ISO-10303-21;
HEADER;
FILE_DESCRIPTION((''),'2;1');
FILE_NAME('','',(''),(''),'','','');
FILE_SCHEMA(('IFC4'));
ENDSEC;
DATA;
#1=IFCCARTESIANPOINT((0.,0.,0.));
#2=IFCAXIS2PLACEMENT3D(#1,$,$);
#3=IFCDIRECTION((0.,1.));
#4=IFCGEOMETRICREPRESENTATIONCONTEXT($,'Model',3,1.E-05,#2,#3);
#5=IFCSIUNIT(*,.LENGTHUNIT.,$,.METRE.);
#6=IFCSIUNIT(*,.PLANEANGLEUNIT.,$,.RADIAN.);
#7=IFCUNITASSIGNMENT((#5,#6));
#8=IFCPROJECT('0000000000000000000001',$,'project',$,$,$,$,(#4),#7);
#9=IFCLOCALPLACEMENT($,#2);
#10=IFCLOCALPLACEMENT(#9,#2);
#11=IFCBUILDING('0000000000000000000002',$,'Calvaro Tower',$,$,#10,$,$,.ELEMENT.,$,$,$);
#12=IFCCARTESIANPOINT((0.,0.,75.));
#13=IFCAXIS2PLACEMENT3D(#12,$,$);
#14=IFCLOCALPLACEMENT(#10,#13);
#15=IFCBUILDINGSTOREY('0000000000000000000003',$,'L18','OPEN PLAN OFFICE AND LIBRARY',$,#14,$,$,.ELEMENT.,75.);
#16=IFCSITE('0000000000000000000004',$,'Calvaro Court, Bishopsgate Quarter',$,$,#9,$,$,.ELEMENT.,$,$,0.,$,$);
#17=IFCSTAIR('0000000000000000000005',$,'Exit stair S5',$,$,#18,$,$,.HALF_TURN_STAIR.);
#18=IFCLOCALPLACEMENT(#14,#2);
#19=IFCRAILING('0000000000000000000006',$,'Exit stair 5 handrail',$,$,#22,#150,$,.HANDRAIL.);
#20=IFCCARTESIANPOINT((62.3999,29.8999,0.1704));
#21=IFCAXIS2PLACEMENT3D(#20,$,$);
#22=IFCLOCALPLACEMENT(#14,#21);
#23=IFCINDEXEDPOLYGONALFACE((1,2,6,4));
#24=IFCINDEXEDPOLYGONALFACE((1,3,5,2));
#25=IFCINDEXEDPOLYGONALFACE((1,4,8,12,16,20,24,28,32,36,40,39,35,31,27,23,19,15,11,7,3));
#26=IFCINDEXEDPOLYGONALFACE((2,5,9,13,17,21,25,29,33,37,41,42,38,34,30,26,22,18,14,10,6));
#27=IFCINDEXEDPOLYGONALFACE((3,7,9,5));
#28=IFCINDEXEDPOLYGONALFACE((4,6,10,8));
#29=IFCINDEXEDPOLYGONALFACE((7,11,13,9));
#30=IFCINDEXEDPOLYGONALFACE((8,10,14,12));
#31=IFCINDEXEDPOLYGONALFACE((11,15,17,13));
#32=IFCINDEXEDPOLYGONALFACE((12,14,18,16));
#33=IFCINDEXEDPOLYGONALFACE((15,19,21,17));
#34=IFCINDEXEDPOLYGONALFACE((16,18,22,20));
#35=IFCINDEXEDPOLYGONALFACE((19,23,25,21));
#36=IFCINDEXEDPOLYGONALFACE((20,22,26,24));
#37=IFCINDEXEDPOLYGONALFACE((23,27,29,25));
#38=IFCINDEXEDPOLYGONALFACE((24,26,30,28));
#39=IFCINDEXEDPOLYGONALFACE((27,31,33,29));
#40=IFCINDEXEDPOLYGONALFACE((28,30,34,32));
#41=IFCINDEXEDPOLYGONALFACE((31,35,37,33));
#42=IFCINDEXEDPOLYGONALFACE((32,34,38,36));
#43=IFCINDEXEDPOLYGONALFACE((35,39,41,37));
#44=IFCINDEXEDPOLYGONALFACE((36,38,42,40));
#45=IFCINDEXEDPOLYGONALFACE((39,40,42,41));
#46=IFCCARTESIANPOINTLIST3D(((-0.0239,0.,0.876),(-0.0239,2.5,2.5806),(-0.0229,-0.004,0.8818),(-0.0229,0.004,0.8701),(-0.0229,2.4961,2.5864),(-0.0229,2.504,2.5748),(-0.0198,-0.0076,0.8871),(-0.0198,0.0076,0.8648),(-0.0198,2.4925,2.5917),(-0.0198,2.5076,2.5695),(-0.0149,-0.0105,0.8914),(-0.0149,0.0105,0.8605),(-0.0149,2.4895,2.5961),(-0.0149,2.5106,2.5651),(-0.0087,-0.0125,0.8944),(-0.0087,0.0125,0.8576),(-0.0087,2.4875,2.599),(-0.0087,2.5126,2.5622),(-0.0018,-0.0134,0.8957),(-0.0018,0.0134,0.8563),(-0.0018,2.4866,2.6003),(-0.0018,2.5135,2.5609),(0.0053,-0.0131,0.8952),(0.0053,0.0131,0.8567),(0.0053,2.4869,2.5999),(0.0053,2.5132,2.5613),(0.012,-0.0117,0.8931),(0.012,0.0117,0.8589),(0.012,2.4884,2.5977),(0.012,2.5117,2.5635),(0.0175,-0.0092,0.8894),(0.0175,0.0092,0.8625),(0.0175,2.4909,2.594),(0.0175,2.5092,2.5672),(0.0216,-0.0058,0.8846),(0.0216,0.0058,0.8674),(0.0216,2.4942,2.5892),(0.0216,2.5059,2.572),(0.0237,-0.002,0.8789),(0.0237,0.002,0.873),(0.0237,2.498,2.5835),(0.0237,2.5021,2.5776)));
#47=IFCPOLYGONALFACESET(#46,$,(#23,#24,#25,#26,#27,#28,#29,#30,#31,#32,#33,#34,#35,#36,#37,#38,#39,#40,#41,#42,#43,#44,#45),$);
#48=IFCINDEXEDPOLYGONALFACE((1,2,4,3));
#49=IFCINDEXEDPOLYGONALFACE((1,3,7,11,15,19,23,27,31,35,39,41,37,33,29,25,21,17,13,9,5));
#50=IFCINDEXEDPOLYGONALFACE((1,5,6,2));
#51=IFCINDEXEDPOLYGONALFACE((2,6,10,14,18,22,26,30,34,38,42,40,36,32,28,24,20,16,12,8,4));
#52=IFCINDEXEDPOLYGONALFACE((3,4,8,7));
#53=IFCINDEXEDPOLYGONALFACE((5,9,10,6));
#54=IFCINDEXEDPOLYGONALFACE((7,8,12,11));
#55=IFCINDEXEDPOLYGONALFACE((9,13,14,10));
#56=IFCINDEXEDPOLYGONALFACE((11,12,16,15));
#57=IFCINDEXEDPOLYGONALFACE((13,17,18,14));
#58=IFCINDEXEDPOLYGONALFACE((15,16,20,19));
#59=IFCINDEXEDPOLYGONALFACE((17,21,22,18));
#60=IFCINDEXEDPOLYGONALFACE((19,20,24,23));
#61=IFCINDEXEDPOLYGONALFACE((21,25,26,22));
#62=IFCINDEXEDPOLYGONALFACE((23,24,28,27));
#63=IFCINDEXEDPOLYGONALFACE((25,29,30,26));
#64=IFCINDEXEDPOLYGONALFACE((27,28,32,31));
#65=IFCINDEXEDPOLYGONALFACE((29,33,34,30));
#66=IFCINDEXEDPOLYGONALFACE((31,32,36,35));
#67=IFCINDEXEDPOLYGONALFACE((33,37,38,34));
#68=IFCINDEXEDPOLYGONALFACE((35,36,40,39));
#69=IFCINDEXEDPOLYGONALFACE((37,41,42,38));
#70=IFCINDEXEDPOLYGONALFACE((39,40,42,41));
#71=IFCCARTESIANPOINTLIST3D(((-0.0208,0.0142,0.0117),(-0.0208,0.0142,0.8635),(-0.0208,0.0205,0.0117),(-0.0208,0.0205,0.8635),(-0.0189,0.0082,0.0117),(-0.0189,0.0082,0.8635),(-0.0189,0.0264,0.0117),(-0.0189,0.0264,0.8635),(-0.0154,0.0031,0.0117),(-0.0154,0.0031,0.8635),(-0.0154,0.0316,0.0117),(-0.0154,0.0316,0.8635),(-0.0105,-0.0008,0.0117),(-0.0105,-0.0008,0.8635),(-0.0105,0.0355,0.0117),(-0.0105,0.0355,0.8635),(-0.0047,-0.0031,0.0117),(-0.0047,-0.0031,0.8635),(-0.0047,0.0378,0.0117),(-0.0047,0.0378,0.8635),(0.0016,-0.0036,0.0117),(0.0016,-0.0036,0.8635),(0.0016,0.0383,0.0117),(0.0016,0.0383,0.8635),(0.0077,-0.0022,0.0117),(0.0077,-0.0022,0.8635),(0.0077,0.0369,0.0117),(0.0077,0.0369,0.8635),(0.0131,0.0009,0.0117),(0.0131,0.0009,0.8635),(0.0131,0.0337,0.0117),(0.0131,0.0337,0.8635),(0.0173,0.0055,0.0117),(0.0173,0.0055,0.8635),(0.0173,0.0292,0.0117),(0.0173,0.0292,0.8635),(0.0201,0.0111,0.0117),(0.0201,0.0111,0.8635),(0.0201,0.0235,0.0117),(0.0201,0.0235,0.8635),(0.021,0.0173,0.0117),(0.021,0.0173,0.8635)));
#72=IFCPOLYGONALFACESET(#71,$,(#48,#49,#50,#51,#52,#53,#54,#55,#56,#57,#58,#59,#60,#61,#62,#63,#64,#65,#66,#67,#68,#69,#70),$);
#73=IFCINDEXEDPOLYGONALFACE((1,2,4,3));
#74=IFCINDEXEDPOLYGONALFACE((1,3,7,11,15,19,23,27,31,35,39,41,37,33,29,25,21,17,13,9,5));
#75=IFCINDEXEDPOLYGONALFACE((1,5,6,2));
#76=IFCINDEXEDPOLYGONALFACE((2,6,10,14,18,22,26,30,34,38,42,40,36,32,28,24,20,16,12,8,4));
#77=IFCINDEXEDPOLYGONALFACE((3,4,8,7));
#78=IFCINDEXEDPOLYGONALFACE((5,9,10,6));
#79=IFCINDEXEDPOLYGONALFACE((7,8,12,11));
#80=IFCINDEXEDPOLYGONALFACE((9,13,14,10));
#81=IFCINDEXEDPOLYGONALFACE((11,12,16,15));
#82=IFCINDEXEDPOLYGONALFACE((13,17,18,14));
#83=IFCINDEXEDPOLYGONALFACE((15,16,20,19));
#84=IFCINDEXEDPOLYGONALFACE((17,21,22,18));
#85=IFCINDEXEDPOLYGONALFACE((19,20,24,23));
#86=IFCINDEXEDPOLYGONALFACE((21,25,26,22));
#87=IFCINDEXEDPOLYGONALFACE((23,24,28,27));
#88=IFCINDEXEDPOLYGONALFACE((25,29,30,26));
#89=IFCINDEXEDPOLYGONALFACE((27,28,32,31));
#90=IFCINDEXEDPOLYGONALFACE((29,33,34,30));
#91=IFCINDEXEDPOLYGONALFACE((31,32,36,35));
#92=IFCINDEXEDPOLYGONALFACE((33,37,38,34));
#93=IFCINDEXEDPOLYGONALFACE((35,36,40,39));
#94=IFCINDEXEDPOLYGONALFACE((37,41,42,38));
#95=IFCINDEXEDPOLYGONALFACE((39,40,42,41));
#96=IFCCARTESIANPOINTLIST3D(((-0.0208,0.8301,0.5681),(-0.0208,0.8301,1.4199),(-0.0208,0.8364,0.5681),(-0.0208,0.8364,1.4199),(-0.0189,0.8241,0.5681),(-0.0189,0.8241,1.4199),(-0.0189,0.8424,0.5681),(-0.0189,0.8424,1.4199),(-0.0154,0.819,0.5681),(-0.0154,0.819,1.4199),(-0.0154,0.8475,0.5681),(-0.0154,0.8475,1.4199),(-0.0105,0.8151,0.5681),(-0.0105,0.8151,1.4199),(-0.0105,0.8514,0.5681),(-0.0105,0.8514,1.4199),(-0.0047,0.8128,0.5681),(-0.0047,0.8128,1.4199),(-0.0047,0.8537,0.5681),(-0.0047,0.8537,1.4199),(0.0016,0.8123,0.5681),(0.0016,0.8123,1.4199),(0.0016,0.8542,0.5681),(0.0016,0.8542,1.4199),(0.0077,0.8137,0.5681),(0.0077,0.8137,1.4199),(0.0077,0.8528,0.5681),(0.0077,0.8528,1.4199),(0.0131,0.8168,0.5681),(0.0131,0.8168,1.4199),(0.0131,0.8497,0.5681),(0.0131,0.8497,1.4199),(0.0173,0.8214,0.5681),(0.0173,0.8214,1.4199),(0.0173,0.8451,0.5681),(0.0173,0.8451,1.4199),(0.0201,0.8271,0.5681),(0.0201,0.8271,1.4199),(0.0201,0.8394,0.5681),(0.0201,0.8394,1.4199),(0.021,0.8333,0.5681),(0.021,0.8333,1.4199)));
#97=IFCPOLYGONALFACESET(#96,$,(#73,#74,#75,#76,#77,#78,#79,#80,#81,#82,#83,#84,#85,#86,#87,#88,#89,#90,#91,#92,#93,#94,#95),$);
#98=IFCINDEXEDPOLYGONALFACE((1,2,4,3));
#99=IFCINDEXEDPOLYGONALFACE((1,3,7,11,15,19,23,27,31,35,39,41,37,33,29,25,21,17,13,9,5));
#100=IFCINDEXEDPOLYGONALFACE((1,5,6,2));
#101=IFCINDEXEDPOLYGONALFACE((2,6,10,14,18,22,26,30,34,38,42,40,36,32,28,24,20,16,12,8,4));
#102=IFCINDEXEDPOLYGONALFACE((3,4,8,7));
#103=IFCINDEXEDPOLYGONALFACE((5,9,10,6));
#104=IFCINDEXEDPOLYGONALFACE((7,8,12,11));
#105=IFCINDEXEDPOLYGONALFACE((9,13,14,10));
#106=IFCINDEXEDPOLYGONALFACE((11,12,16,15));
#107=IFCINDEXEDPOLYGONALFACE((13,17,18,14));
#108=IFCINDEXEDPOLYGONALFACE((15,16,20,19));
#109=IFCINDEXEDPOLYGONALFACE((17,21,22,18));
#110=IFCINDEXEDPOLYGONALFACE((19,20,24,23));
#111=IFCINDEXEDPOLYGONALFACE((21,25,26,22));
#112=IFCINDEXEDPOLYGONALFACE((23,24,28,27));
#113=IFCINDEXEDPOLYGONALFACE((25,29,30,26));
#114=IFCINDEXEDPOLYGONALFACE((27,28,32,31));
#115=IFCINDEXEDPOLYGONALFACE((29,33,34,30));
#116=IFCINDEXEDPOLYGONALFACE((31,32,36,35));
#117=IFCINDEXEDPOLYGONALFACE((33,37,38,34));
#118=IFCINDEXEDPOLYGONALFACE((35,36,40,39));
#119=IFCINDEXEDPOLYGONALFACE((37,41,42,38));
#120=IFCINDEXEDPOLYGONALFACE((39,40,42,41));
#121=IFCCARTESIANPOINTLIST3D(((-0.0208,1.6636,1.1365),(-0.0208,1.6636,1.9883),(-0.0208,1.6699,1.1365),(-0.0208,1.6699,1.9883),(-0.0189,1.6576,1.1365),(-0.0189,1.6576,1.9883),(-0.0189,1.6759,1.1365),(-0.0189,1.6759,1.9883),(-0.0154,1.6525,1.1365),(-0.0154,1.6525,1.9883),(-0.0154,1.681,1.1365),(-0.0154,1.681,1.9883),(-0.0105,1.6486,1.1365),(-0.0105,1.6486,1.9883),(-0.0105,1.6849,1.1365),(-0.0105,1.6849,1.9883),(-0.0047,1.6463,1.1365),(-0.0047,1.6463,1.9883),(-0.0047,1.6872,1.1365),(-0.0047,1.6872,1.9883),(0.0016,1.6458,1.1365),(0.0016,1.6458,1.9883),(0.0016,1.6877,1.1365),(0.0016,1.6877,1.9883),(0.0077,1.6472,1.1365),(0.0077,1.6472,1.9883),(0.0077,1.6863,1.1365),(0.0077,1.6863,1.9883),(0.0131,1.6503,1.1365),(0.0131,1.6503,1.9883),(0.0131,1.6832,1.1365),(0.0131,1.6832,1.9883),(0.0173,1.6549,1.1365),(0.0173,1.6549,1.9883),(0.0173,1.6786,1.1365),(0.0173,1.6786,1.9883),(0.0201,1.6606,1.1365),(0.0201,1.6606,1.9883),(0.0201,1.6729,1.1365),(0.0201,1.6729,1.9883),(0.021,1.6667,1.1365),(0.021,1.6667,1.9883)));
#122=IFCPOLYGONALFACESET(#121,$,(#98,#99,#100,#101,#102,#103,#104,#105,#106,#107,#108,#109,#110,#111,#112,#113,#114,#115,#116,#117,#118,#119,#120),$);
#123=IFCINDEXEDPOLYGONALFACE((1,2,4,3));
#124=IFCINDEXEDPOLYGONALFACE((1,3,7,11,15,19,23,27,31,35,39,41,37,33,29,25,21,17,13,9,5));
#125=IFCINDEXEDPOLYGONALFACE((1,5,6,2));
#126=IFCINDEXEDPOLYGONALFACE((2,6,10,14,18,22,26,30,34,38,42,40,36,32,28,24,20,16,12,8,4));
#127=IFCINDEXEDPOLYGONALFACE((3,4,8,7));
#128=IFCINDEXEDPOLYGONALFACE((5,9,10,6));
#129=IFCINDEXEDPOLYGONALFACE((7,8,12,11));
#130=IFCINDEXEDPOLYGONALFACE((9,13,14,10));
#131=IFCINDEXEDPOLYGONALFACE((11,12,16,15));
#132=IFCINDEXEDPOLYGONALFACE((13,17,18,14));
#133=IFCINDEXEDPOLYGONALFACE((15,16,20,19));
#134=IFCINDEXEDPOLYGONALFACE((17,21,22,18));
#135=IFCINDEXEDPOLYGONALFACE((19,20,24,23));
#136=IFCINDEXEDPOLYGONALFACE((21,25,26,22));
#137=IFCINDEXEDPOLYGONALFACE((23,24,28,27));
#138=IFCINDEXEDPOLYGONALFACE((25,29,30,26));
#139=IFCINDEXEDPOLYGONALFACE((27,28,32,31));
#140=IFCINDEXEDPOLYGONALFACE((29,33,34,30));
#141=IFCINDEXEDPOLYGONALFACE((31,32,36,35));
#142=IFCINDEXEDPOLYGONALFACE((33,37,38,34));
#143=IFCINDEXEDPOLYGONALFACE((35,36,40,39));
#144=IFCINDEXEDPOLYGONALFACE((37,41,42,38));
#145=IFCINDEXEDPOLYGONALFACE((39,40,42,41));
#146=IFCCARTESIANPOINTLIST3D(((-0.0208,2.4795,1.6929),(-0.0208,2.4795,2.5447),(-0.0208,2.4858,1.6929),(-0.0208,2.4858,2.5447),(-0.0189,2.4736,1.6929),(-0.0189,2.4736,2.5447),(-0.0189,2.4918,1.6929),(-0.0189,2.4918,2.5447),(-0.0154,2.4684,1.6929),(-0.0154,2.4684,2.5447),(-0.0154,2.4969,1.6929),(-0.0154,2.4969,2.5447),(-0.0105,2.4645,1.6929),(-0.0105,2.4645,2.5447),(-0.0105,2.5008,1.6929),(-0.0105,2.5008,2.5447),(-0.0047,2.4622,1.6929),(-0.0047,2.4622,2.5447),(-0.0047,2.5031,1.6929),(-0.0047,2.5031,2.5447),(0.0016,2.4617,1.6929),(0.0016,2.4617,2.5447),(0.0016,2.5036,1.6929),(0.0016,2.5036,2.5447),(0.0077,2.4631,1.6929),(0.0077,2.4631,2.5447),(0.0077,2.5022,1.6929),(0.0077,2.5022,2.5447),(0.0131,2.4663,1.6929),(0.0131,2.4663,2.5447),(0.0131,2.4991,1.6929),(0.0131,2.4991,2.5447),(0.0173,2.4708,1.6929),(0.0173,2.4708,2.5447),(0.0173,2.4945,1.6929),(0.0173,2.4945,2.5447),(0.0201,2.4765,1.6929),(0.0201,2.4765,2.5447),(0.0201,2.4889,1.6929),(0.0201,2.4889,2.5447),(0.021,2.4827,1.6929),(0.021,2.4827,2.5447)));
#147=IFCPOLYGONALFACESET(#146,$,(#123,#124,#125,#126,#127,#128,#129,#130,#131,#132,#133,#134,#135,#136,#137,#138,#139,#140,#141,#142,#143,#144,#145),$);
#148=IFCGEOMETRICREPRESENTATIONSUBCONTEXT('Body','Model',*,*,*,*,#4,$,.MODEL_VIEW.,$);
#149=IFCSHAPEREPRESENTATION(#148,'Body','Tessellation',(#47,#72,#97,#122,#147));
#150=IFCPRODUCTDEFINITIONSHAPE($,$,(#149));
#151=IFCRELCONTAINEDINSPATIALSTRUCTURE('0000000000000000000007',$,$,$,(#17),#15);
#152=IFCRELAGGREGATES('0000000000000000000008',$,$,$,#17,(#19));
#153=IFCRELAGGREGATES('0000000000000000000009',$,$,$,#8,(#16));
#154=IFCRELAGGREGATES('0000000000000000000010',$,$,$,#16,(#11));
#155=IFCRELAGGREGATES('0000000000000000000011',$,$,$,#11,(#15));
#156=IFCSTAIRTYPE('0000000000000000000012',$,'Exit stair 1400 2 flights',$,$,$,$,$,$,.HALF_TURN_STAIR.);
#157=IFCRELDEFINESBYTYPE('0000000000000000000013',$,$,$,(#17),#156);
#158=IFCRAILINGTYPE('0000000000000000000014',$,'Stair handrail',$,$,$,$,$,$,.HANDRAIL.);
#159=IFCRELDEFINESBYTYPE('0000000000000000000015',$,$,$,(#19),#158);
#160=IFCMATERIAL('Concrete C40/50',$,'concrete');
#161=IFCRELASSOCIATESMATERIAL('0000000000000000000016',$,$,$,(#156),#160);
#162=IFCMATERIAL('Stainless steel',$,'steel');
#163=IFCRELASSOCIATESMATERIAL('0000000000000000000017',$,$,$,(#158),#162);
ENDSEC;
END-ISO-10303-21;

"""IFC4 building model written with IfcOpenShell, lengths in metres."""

from ifc_helpers import new_model, si_unit, direction, frame, origin, origin_2d, place, context, subcontext, project, spatial, circle, extrude, material, type_object, element, aggregate, save


model = new_model("IFC4")

# Units and contexts
model_context = context("Model", 3, precision=1e-05, world=origin(), true_north=direction((0.0, 1.0)))
body_context = subcontext(model_context, "Body", "Model", "MODEL_VIEW")
ifc_project = project(units=[si_unit("LENGTHUNIT", "METRE"), si_unit("PLANEANGLEUNIT", "RADIAN")], contexts=[model_context])

# Site, building, storey
site_placement = place(None, origin())
site = spatial("IfcSite", under=ifc_project, at=site_placement, Name="Calvaro Court, Bishopsgate Quarter", CompositionType="ELEMENT", RefElevation=0.0)
building_placement = place(site_placement, origin())
building = spatial("IfcBuilding", under=site, at=building_placement, Name="Calvaro Tower", CompositionType="ELEMENT")
storey_placement = place(building_placement, frame((0.0, 0.0, 75.0)))
storey = spatial("IfcBuildingStorey", under=building, at=storey_placement, Name="L18", Description="OPEN PLAN OFFICE AND LIBRARY", CompositionType="ELEMENT", Elevation=75.0)

# Stair
ifc_material_1 = material(Name="Concrete C40/50", Category="concrete")
stair_type = type_object("IfcStairType", Name="Exit stair 1400 2 flights", PredefinedType="HALF_TURN_STAIR", material=ifc_material_1)
stair_1_placement = place(storey_placement, origin())
stair_1 = element("IfcStair", 1, at=stair_1_placement, inside=storey, type_object=stair_type, Name="Exit stair S5", PredefinedType="HALF_TURN_STAIR")

# Shared definitions
ifc_material_2 = material(Name="Stainless steel", Category="steel")
railing_type = type_object("IfcRailingType", Name="Stair handrail", PredefinedType="HANDRAIL", material=ifc_material_2)

# Railing
railing_1_placement = place(storey_placement, frame((62.3999, 29.8999, 0.1704)))
railing_1 = element("IfcRailing", 2, at=railing_1_placement, type_object=railing_type, Name="Exit stair 5 handrail", PredefinedType="HANDRAIL", context=body_context, shape_type="SweptSolid", body=[
    extrude(circle(Radius=0.0239, at=origin_2d()), frame((0.0, 0.0, 0.876), z_axis=(0.0, 0.826221, 0.563347), x_axis=(-1.0, 0.0, 0.0)), (0.0, 0.0, 1.0), 3.0259),
    extrude(circle(Radius=0.021, at=origin_2d()), frame((0.0, 0.0173, 0.0117)), (0.0, 0.0, 1.0), 0.8518),
    extrude(circle(Radius=0.021, at=origin_2d()), frame((0.0, 0.8333, 0.5681)), (0.0, 0.0, 1.0), 0.8518),
    extrude(circle(Radius=0.021, at=origin_2d()), frame((0.0, 1.6667, 1.1365)), (0.0, 0.0, 1.0), 0.8518),
    extrude(circle(Radius=0.021, at=origin_2d()), frame((0.0, 2.4827, 1.6929)), (0.0, 0.0, 1.0), 0.8518),
])
aggregate(stair_1, [railing_1])

save(model, "model.ifc")
